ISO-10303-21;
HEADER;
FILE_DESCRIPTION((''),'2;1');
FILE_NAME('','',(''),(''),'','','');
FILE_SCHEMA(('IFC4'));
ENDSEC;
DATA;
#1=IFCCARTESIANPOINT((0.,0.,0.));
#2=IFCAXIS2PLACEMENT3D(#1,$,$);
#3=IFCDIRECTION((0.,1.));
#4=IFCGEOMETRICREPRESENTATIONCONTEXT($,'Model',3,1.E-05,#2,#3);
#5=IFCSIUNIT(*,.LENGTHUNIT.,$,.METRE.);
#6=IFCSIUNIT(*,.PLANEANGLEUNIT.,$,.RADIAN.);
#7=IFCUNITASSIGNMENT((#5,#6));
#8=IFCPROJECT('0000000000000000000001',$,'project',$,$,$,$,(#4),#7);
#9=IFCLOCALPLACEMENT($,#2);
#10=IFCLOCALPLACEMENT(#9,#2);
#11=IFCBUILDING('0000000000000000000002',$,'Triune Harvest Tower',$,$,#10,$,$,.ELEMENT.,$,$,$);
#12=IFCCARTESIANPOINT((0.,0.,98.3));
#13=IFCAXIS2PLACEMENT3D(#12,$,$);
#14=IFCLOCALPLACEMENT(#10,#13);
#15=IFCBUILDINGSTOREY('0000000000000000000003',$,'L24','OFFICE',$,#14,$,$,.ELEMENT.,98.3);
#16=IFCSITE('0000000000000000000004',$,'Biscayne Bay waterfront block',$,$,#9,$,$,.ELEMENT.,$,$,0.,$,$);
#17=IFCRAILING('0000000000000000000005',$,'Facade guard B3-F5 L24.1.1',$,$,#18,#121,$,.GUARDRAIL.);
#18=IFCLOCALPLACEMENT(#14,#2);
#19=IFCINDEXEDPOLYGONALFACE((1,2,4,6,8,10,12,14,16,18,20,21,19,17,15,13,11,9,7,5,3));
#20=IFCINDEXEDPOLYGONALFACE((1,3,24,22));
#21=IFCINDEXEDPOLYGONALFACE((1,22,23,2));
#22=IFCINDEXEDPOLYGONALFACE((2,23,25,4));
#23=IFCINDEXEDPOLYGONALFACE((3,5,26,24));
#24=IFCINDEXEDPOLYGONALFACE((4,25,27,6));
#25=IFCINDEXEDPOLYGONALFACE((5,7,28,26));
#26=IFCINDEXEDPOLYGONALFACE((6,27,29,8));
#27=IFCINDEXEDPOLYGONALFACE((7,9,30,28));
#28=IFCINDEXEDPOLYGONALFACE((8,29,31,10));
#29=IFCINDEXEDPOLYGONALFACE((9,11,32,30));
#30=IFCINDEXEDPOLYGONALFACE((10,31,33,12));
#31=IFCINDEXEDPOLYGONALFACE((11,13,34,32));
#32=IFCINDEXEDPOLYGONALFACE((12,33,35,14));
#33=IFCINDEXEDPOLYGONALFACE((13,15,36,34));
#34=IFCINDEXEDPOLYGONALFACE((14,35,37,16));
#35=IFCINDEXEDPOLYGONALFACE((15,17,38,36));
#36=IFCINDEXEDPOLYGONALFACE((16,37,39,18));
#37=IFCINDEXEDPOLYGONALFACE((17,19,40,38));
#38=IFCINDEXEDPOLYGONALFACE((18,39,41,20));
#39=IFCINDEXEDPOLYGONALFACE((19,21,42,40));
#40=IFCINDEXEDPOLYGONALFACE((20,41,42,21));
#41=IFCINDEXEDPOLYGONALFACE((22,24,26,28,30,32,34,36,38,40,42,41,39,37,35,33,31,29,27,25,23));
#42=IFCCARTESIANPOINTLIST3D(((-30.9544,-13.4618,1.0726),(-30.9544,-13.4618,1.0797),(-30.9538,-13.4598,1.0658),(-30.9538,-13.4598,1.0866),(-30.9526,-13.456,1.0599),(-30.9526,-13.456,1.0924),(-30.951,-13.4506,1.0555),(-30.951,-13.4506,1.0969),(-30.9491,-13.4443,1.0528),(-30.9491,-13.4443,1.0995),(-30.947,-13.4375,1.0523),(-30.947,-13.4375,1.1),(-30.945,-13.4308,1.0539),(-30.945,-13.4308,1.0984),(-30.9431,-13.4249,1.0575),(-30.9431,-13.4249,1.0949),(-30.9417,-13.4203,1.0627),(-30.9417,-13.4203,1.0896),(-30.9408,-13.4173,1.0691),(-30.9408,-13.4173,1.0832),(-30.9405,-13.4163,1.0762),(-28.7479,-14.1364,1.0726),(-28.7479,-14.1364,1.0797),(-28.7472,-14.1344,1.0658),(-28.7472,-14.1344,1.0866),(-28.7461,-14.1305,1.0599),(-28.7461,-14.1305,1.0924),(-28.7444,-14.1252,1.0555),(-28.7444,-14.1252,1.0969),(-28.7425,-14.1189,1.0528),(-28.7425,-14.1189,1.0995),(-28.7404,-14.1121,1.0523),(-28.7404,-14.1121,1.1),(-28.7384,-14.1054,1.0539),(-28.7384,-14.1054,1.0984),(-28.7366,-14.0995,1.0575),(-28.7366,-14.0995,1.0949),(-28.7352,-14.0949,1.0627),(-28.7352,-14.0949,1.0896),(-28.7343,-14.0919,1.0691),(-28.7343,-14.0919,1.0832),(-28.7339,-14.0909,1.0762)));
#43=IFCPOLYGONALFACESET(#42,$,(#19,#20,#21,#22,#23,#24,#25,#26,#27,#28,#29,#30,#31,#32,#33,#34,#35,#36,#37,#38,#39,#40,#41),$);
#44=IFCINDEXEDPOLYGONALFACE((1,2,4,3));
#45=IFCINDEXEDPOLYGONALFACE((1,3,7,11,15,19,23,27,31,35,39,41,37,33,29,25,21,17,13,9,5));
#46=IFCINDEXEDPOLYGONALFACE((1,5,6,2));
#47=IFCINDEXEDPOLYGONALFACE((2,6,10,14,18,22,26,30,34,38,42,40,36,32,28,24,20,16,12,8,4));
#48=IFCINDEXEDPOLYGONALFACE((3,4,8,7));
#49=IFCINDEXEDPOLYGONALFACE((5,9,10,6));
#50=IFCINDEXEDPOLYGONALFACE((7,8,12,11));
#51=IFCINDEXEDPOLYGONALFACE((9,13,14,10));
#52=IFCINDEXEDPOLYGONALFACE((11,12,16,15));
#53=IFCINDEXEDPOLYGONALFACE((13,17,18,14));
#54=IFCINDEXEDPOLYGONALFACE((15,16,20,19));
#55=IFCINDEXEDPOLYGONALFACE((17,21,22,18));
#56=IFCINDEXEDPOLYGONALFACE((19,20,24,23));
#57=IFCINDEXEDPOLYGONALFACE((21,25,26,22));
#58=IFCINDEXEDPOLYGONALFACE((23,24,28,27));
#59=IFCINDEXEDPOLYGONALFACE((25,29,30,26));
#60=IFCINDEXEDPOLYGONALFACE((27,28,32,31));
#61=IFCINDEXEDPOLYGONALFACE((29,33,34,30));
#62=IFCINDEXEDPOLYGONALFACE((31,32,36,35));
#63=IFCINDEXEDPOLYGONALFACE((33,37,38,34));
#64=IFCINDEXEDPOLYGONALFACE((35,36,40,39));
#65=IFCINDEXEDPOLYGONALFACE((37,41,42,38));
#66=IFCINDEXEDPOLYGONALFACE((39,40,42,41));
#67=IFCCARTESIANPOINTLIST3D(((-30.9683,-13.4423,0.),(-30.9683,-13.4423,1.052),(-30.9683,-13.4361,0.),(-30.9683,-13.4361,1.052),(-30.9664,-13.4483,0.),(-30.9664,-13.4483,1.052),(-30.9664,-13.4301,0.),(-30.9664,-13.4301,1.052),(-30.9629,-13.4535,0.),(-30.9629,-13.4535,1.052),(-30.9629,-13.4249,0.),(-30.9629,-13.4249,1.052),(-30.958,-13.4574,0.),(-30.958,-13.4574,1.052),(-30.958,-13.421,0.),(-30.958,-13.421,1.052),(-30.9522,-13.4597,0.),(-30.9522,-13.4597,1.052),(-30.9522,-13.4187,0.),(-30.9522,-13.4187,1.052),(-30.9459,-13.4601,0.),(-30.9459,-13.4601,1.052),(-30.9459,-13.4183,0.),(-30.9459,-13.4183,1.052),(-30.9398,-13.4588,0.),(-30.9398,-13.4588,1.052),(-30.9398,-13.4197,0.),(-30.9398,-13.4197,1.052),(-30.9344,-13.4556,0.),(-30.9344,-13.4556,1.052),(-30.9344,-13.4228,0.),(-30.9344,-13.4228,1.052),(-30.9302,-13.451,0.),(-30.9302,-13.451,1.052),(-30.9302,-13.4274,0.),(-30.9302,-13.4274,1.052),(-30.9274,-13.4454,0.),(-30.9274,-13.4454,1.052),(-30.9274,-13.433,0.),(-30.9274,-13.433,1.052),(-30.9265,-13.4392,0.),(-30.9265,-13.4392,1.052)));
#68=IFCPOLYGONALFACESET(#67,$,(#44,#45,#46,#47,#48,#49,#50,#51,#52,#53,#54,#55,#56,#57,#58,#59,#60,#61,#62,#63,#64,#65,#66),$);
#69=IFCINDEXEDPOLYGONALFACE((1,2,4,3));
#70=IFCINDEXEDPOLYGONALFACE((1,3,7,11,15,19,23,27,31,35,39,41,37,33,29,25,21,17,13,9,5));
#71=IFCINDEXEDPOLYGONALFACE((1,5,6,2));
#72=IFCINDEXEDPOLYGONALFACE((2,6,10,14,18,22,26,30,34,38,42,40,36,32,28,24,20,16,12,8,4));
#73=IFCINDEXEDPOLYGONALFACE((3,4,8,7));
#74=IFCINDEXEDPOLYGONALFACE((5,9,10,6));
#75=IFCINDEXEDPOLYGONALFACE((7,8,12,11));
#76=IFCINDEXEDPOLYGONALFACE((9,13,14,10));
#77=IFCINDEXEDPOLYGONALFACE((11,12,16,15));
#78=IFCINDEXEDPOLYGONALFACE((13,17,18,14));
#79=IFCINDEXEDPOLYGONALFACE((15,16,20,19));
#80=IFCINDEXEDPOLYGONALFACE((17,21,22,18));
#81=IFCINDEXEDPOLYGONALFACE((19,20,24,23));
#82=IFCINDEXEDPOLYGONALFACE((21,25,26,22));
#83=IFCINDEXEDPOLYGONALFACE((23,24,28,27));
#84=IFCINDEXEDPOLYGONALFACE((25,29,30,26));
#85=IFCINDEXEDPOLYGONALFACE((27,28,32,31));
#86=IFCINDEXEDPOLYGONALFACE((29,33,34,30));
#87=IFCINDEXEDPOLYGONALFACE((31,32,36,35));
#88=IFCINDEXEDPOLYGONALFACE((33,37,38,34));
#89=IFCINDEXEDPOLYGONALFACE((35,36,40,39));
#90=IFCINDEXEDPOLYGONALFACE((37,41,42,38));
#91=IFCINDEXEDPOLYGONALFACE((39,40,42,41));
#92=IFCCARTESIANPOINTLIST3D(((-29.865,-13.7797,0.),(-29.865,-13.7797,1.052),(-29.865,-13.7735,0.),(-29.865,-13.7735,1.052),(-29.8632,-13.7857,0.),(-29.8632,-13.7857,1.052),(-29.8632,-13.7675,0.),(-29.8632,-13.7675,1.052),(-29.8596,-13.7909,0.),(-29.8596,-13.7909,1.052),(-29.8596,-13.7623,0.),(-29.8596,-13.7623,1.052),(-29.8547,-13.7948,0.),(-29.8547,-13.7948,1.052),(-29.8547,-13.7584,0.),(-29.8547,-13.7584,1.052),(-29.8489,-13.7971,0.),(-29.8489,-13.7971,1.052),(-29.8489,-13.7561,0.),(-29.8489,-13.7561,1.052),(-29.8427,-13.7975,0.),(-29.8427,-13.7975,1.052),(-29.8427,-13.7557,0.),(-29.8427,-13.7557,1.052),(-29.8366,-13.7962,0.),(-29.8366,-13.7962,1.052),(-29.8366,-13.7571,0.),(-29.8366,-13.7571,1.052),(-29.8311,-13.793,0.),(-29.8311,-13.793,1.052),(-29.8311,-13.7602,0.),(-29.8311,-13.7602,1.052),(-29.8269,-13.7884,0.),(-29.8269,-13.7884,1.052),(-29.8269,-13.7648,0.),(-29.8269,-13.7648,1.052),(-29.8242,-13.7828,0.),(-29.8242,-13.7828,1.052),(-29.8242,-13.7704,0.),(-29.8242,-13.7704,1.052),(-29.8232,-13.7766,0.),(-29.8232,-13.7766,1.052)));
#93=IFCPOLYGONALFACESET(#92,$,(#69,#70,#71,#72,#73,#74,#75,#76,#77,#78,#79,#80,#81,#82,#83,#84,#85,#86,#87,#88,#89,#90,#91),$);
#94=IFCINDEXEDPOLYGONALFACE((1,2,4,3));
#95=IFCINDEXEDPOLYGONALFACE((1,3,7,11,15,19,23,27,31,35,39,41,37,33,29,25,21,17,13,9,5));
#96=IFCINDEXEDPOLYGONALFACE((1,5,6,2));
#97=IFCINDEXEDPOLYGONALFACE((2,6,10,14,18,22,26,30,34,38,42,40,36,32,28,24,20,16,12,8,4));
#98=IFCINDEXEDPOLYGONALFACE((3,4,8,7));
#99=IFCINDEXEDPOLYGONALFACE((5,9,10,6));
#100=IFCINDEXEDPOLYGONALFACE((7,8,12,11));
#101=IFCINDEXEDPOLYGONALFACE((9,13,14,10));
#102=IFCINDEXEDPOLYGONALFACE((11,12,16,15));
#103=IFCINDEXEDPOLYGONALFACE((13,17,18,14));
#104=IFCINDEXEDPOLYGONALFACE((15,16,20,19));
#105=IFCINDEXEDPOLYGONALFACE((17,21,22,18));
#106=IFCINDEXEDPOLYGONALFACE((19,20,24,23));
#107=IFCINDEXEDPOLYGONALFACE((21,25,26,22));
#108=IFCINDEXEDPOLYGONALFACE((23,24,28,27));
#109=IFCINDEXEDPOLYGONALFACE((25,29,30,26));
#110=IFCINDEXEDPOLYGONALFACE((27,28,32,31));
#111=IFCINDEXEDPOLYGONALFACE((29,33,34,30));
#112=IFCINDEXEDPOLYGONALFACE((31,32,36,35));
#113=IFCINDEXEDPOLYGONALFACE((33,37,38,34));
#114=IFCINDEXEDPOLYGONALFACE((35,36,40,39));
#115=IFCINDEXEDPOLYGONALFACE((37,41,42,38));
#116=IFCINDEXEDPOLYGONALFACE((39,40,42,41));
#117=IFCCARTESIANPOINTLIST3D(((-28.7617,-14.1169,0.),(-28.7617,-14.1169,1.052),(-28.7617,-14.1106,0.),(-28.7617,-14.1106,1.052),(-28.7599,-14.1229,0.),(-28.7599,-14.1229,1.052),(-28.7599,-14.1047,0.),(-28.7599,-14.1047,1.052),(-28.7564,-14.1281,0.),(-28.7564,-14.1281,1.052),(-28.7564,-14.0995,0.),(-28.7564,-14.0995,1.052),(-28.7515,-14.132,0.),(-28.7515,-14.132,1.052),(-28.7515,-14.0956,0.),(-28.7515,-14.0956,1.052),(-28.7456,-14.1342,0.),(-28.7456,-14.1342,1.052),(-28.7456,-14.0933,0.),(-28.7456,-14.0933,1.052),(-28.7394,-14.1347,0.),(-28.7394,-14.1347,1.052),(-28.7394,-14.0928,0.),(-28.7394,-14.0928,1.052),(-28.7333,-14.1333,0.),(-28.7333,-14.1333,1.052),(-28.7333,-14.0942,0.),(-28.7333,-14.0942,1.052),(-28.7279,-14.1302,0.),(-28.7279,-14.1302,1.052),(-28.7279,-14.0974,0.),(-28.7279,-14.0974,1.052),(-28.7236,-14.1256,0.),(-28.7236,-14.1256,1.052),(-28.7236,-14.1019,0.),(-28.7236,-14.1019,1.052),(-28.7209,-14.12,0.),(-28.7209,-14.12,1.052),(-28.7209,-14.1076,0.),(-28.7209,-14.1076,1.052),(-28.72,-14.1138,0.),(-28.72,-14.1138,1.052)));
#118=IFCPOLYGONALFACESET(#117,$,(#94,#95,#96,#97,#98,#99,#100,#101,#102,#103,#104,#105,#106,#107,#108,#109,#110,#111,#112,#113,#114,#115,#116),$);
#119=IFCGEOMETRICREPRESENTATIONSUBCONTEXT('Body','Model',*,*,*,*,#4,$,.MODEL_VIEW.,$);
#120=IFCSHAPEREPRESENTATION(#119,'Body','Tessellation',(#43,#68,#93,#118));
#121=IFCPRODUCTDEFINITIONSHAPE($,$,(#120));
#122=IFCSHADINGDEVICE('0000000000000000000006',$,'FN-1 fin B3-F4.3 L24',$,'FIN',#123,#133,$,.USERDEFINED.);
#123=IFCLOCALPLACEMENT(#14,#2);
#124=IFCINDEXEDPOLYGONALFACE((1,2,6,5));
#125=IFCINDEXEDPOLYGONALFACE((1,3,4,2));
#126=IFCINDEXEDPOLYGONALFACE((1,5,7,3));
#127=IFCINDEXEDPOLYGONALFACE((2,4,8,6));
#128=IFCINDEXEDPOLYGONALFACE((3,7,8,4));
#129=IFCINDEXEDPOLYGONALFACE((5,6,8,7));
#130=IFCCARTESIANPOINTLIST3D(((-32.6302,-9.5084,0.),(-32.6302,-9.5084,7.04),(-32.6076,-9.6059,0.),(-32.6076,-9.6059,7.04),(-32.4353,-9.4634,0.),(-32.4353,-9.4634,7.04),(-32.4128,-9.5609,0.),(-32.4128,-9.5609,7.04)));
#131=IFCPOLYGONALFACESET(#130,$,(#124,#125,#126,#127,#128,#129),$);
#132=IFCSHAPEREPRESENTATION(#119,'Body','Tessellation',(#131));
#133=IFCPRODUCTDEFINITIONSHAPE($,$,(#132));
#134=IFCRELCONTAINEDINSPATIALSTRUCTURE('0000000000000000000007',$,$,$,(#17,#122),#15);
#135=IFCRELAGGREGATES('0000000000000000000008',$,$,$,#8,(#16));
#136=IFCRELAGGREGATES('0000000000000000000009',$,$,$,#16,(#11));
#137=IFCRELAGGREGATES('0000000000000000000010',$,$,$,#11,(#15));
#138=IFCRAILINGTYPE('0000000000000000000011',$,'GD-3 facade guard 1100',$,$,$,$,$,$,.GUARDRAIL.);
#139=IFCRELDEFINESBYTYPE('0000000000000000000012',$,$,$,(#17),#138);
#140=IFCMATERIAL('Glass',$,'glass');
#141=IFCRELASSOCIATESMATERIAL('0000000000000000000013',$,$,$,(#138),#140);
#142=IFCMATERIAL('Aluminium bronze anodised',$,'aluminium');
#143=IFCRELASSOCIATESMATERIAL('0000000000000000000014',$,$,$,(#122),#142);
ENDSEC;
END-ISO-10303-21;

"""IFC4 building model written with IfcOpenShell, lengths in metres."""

from ifc_helpers import new_model, si_unit, direction, frame, origin, origin_2d, place, context, subcontext, project, spatial, rectangle, circle, extrude, source, transform, mapped, material, type_object, element, save


model = new_model("IFC4")

# Units and contexts
model_context = context("Model", 3, precision=1e-05, world=origin(), true_north=direction((0.0, 1.0)))
body_context = subcontext(model_context, "Body", "Model", "MODEL_VIEW")
ifc_project = project(units=[si_unit("LENGTHUNIT", "METRE"), si_unit("PLANEANGLEUNIT", "RADIAN")], contexts=[model_context])

# Site, building, storey
site_placement = place(None, origin())
site = spatial("IfcSite", under=ifc_project, at=site_placement, Name="Biscayne Bay waterfront block", CompositionType="ELEMENT", RefElevation=0.0)
building_placement = place(site_placement, origin())
building = spatial("IfcBuilding", under=site, at=building_placement, Name="Triune Harvest Tower", CompositionType="ELEMENT")
storey_placement = place(building_placement, frame((0.0, 0.0, 98.3)))
storey = spatial("IfcBuildingStorey", under=building, at=storey_placement, Name="L24", Description="OFFICE", CompositionType="ELEMENT", Elevation=98.3)

# Railing
ifc_material_1 = material(Name="Glass", Category="glass")
railing_type = type_object("IfcRailingType", Name="GD-3 facade guard 1100", PredefinedType="GUARDRAIL", material=ifc_material_1)
railing_placement = place(storey_placement, frame((-30.9475, -13.4392, 0.0)))
element("IfcRailing", 1, at=railing_placement, inside=storey, type_object=railing_type, Name="Facade guard B3-F5 L24.1.1", PredefinedType="GUARDRAIL", context=body_context, shape_type="SweptSolid", body=[
    extrude(circle(Radius=0.0239, at=origin_2d()), frame((0.0, 0.0, 1.0762), z_axis=(0.95631, -0.292353, 0.0), x_axis=(0.292353, 0.95631, 0.0)), (0.0, 0.0, 1.0), 2.3074),
    extrude(circle(Radius=0.021, at=origin_2d()), origin(), (0.0, 0.0, 1.0), 1.052),
    extrude(circle(Radius=0.021, at=origin_2d()), frame((1.1033, -0.3374, 0.0)), (0.0, 0.0, 1.0), 1.052),
    extrude(circle(Radius=0.021, at=origin_2d()), frame((2.2065, -0.6746, 0.0)), (0.0, 0.0, 1.0), 1.052),
])

# Shading device
ifc_material_2 = material(Name="Aluminium bronze anodised", Category="aluminium")
shared_shape_1 = source(origin(), body_context, "Body", "SweptSolid", [
    extrude(rectangle(XDim=0.1001, YDim=0.2, at=origin_2d()), origin(), (0.0, 0.0, 1.0), 7.04),
])
shading_device_placement = place(storey_placement, frame((-32.5215, -9.5347, 0.0), z_axis=(0.0, 0.0, 1.0), x_axis=(0.224947, -0.974371, 0.0)))
element("IfcShadingDevice", 2, at=shading_device_placement, inside=storey, material=ifc_material_2, Name="FN-1 fin B3-F4.3 L24", ObjectType="FIN", PredefinedType="USERDEFINED", context=body_context, shape_type="MappedRepresentation", body=[
    mapped(shared_shape_1, transform((0.0, 0.0, 0.0), scale=1.0)),
])

save(model, "model.ifc")
